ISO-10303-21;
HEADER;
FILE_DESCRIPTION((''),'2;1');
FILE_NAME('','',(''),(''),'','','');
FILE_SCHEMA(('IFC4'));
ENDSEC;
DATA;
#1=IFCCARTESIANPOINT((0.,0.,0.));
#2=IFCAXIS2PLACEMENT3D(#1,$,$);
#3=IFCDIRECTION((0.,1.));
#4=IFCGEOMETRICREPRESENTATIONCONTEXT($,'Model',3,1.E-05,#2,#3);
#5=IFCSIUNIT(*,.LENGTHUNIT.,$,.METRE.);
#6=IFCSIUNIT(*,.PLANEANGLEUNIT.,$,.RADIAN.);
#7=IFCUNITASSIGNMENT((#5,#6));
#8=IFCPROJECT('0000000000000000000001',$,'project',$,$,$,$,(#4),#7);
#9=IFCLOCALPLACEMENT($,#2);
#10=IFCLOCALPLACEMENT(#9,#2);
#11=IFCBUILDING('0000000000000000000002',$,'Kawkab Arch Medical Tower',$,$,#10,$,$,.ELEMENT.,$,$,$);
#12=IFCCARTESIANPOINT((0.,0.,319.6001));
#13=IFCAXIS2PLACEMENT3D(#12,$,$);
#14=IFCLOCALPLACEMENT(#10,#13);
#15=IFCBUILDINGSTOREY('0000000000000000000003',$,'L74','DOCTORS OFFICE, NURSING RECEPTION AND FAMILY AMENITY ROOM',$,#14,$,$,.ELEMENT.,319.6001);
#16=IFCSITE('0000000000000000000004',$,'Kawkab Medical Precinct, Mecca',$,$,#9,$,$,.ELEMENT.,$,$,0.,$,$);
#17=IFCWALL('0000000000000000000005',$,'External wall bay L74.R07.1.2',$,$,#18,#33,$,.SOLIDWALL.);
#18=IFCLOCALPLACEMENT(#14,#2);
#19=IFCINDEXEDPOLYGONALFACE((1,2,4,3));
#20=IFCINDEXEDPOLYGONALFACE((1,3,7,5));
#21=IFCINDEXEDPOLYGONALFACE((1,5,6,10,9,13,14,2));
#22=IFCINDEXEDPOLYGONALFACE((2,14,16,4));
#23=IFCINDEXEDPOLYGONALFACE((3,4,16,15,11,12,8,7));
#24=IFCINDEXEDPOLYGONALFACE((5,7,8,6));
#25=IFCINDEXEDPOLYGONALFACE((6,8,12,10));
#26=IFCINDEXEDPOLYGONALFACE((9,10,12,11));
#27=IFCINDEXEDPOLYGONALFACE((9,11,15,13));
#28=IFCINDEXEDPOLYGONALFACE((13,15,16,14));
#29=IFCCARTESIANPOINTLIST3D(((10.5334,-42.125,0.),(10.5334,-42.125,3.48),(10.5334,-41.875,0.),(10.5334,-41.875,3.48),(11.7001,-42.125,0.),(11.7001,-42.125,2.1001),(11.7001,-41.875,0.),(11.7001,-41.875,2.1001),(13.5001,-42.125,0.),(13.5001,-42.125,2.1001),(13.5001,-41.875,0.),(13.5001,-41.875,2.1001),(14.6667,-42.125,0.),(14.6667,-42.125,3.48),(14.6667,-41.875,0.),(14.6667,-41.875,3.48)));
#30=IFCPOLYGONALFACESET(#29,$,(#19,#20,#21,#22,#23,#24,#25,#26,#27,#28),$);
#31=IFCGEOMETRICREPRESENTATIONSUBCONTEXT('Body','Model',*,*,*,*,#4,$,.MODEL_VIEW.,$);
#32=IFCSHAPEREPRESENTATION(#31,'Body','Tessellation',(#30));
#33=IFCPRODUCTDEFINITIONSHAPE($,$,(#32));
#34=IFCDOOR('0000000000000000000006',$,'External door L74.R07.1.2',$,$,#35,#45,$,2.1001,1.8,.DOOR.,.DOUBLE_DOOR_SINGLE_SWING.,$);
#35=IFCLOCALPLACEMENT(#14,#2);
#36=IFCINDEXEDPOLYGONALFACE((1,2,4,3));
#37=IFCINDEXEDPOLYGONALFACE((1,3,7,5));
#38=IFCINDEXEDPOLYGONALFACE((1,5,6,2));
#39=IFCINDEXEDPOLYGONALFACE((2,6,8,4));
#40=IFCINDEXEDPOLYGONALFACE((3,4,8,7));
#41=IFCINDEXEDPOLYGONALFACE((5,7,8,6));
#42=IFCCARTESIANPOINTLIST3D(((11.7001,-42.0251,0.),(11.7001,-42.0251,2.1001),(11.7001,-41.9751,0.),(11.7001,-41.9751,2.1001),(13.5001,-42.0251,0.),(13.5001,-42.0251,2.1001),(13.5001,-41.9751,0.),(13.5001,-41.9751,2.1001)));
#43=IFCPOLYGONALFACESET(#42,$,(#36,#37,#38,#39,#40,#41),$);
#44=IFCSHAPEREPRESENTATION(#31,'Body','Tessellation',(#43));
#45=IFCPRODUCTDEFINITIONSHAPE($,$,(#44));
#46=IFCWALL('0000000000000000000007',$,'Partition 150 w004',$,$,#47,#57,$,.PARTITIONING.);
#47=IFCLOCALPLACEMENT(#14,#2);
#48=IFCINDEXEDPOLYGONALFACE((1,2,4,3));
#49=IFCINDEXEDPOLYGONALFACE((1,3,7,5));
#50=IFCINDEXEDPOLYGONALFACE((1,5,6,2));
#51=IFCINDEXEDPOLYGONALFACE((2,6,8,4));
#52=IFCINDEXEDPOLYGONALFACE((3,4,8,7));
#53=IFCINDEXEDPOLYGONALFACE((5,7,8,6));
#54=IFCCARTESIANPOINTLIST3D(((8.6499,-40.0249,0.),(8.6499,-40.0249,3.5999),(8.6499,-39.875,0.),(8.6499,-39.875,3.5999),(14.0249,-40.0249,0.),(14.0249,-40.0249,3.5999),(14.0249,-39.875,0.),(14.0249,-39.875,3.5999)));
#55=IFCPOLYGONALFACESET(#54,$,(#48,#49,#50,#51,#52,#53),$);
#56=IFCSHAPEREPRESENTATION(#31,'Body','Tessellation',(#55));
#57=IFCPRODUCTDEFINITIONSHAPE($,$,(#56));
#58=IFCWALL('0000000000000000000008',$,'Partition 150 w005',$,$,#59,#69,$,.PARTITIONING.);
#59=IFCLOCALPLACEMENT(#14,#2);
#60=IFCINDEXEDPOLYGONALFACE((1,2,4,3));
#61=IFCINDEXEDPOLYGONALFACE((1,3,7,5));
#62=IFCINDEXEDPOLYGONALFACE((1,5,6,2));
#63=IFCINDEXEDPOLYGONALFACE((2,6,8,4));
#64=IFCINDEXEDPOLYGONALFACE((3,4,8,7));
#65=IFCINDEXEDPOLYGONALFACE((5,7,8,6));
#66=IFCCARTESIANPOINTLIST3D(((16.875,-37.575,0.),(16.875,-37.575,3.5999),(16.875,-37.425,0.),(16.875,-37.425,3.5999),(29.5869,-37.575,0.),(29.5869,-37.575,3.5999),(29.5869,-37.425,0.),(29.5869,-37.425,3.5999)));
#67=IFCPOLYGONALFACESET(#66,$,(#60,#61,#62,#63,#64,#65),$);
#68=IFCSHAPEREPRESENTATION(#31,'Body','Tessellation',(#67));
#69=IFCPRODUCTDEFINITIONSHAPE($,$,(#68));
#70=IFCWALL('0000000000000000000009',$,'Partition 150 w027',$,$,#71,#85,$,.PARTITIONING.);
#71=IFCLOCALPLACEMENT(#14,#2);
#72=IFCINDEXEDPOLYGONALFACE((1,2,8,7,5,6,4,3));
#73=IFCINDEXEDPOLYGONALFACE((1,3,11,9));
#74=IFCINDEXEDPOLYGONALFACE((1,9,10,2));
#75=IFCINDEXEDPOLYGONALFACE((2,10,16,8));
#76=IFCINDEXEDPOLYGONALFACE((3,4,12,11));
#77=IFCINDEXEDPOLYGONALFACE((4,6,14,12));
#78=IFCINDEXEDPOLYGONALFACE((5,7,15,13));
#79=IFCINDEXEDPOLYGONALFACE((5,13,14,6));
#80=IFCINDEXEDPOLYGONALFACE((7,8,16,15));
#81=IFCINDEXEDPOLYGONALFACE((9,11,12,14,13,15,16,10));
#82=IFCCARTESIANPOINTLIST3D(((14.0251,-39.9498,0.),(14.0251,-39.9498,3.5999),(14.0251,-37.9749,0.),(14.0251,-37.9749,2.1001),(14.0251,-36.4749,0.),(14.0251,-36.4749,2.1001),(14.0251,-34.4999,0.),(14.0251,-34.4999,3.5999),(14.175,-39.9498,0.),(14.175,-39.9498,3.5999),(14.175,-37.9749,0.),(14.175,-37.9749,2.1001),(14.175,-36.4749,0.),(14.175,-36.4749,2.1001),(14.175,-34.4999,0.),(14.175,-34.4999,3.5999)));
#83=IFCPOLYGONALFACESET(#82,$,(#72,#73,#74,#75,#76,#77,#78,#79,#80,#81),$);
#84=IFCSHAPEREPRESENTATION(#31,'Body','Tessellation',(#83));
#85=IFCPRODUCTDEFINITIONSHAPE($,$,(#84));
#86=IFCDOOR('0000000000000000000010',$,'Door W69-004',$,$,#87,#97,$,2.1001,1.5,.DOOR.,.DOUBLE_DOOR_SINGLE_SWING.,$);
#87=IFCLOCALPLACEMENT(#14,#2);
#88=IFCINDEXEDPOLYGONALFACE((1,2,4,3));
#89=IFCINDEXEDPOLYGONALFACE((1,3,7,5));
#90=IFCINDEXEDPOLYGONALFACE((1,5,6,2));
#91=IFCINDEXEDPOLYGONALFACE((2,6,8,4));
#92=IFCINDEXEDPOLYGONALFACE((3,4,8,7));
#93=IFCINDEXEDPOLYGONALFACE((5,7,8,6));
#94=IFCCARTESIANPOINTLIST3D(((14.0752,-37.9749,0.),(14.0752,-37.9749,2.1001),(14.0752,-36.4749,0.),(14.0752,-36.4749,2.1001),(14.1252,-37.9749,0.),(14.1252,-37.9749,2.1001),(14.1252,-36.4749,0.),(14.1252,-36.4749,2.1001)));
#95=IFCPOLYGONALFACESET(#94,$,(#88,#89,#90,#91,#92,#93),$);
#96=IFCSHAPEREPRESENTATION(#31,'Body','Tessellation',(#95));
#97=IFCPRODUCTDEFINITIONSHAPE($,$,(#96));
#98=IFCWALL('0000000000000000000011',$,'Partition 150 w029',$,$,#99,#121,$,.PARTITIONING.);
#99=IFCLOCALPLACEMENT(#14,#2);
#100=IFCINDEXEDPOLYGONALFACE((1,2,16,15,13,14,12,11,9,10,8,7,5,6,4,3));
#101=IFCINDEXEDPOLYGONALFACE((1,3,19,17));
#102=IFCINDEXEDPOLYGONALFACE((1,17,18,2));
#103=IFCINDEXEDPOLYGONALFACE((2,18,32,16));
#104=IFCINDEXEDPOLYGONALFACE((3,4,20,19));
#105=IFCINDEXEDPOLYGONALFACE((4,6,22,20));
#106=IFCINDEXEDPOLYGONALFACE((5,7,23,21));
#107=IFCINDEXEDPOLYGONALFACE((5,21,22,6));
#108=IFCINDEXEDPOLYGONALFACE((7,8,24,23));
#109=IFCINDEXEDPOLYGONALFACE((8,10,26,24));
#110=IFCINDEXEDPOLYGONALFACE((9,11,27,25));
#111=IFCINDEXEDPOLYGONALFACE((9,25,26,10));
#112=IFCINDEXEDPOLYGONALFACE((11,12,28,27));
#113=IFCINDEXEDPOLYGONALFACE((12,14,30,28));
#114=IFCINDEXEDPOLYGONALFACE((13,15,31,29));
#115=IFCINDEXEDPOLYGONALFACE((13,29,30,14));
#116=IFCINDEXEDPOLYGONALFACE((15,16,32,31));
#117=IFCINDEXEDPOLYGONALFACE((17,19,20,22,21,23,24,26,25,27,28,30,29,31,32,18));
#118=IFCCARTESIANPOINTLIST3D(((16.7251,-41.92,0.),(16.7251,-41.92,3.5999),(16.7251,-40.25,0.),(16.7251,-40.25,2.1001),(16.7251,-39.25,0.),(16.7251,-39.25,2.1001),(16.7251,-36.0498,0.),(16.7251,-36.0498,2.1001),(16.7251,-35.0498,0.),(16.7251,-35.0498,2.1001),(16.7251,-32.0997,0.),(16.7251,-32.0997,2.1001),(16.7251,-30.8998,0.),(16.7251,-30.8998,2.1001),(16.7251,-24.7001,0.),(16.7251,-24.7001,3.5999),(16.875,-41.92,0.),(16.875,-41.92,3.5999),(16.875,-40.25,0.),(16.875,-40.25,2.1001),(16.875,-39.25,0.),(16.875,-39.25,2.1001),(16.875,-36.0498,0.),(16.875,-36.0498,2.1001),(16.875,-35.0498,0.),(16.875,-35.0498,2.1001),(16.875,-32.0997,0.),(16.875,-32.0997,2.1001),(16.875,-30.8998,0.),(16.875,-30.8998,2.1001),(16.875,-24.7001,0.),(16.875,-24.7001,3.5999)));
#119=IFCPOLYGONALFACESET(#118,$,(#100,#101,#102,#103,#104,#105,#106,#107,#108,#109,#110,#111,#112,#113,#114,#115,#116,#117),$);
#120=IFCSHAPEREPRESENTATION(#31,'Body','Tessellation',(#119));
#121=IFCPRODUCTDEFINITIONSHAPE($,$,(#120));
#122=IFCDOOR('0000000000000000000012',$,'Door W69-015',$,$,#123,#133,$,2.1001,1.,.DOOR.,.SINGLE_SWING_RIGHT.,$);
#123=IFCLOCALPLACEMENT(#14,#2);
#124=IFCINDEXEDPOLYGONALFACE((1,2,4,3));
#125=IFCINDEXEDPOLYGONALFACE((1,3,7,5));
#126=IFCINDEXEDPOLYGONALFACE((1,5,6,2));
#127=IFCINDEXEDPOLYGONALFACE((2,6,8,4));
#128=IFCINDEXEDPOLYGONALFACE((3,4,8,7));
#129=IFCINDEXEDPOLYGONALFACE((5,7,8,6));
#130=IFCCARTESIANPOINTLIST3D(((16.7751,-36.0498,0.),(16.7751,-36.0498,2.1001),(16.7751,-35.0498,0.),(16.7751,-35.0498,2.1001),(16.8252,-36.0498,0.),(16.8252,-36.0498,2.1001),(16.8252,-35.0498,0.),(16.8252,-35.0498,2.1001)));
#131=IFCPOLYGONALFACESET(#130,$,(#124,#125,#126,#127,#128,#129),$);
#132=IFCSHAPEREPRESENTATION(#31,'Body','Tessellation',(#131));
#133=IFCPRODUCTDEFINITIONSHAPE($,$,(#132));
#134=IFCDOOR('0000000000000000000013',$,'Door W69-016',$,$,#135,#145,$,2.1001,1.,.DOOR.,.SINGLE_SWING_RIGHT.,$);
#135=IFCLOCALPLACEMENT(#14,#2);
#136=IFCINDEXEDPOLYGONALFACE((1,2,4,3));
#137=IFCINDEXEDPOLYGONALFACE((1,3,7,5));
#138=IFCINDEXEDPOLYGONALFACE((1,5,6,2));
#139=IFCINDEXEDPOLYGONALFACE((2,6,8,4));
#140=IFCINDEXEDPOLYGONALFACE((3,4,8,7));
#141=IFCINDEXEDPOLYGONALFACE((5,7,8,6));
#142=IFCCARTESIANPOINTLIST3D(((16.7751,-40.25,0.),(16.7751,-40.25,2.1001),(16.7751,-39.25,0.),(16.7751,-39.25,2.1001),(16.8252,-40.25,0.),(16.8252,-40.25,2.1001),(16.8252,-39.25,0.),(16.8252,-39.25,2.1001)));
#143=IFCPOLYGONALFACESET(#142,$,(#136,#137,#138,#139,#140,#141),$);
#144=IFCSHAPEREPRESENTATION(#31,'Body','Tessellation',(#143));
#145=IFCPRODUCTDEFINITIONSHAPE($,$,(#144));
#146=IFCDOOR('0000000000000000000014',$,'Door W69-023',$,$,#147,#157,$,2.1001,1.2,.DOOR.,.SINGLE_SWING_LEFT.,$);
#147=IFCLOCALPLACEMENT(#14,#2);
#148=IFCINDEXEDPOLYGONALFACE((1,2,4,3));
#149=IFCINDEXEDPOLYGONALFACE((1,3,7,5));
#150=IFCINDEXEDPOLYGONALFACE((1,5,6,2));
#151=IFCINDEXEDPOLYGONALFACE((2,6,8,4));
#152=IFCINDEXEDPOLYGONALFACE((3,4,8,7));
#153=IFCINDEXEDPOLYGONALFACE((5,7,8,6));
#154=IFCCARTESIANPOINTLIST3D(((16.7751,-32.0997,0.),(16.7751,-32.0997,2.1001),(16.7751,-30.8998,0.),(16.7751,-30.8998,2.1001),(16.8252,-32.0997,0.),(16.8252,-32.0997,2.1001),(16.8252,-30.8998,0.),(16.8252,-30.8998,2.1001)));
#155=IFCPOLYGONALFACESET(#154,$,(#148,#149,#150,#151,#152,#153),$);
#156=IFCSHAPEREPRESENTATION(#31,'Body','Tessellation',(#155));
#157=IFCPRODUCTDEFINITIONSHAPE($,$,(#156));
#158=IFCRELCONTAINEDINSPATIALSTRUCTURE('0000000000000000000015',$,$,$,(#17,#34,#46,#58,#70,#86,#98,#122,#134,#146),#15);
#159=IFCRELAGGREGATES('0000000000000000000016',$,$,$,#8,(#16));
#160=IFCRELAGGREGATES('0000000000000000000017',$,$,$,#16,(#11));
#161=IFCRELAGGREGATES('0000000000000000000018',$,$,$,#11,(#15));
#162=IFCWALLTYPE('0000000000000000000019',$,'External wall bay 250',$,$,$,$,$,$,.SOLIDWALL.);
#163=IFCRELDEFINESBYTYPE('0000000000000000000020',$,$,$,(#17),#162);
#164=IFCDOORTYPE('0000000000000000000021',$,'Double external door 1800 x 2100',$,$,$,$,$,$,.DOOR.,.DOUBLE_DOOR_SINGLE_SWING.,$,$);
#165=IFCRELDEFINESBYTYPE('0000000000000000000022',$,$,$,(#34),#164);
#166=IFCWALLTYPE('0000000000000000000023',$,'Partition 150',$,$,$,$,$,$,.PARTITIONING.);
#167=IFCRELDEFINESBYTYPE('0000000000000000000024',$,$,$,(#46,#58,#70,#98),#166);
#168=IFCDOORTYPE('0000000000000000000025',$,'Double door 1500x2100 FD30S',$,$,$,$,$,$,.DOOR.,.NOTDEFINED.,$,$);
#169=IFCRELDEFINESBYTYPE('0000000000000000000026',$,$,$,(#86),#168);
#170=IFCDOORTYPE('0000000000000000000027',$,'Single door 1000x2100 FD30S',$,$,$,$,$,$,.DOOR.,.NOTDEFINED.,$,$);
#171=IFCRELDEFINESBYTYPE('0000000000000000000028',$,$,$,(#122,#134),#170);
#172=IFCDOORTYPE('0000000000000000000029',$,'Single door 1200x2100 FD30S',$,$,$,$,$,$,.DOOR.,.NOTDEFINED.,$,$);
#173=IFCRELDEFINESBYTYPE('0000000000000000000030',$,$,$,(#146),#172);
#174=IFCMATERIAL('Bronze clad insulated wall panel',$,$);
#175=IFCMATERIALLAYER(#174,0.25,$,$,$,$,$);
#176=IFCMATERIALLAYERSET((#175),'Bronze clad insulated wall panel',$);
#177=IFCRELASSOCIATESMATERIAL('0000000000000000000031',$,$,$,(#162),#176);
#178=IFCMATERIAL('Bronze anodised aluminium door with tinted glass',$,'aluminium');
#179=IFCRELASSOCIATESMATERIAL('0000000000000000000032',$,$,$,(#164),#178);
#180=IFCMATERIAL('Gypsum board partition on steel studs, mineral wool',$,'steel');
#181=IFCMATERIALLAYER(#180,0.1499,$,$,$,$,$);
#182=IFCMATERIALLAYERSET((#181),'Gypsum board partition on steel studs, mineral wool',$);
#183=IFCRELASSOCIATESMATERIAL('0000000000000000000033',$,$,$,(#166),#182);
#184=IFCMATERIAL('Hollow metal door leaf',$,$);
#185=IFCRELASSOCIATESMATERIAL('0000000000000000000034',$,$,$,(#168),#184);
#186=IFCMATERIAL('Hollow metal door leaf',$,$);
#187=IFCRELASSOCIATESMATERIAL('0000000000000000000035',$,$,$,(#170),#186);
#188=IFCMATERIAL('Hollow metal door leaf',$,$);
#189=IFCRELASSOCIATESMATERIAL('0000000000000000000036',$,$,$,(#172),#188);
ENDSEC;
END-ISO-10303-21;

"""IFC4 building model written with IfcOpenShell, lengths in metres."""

from ifc_helpers import new_model, si_unit, direction, frame, frame_2d, origin, place, context, subcontext, project, spatial, rectangle, extrude, material, layer, layer_set, type_object, element, fill, save


model = new_model("IFC4")

# Units and contexts
model_context = context("Model", 3, precision=1e-05, world=origin(), true_north=direction((0.0, 1.0)))
body_context = subcontext(model_context, "Body", "Model", "MODEL_VIEW")
ifc_project = project(units=[si_unit("LENGTHUNIT", "METRE"), si_unit("PLANEANGLEUNIT", "RADIAN")], contexts=[model_context])

# Site, building, storey
site_placement = place(None, origin())
site = spatial("IfcSite", under=ifc_project, at=site_placement, Name="Kawkab Medical Precinct, Mecca", CompositionType="ELEMENT", RefElevation=0.0)
building_placement = place(site_placement, origin())
building = spatial("IfcBuilding", under=site, at=building_placement, Name="Kawkab Arch Medical Tower", CompositionType="ELEMENT")
storey_placement = place(building_placement, frame((0.0, 0.0, 319.6001)))
storey = spatial("IfcBuildingStorey", under=building, at=storey_placement, Name="L74", Description="DOCTORS OFFICE, NURSING RECEPTION AND FAMILY AMENITY ROOM", CompositionType="ELEMENT", Elevation=319.6001)

# Wall, opening, door
ifc_material_1 = material(Name="Bronze clad insulated wall panel")
ifc_layer_1 = layer(ifc_material_1, 0.25)
ifc_layer_set_1 = layer_set([ifc_layer_1], Name="Bronze clad insulated wall panel")
wall_type_1 = type_object("IfcWallType", Name="External wall bay 250", PredefinedType="SOLIDWALL", material=ifc_layer_set_1)
wall_1_placement = place(storey_placement, frame((10.5334, -42.0, 0.0), z_axis=(0.0, 0.0, 1.0), x_axis=(1.0, 0.0, 0.0)))
wall_1 = element("IfcWall", 1, at=wall_1_placement, inside=storey, type_object=wall_type_1, Name="External wall bay L74.R07.1.2", PredefinedType="SOLIDWALL", context=body_context, shape_type="SweptSolid", body=[
    extrude(rectangle(XDim=4.1333, YDim=0.25, at=frame_2d((2.0667, 0.0))), origin(), (0.0, 0.0, 1.0), 3.48),
])
opening_1_placement = place(wall_1_placement, frame((1.1667, 0.0, 0.0)))
opening_1 = element("IfcOpeningElement", 2, at=opening_1_placement, cuts=wall_1, PredefinedType="OPENING", context=body_context, shape_type="SweptSolid", body=[
    extrude(rectangle(XDim=1.8, YDim=2.1001, at=frame_2d((0.8999, 1.05))), frame((0.0, 0.135, 0.0), z_axis=(0.0, -1.0, 0.0), x_axis=(1.0, 0.0, 0.0)), (0.0, 0.0, 1.0), 0.27),
])
ifc_material_2 = material(Name="Bronze anodised aluminium door with tinted glass", Category="aluminium")
door_type_1 = type_object("IfcDoorType", Name="Double external door 1800 x 2100", OperationType="DOUBLE_DOOR_SINGLE_SWING", PredefinedType="DOOR", material=ifc_material_2)
door_1_placement = place(opening_1_placement, origin())
door_1 = element("IfcDoor", 3, at=door_1_placement, inside=storey, type_object=door_type_1, Name="External door L74.R07.1.2", OperationType="DOUBLE_DOOR_SINGLE_SWING", OverallHeight=2.1001, OverallWidth=1.8, PredefinedType="DOOR", context=body_context, shape_type="SweptSolid", body=[
    extrude(rectangle(XDim=1.8, YDim=2.1001, at=frame_2d((0.8999, 1.05))), frame((0.0, 0.0249, 0.0), z_axis=(0.0, -1.0, 0.0), x_axis=(1.0, 0.0, 0.0)), (0.0, 0.0, 1.0), 0.05),
])
fill(opening_1, door_1)

# Walls
ifc_material_3 = material(Name="Gypsum board partition on steel studs, mineral wool", Category="steel")
ifc_layer_2 = layer(ifc_material_3, 0.1499)
ifc_layer_set_2 = layer_set([ifc_layer_2], Name="Gypsum board partition on steel studs, mineral wool")
wall_type_2 = type_object("IfcWallType", Name="Partition 150", PredefinedType="PARTITIONING", material=ifc_layer_set_2)
wall_2_placement = place(storey_placement, frame((8.6499, -39.95, 0.0), z_axis=(0.0, 0.0, 1.0), x_axis=(1.0, 0.0, 0.0)))
element("IfcWall", 4, at=wall_2_placement, inside=storey, type_object=wall_type_2, Name="Partition 150 w004", PredefinedType="PARTITIONING", context=body_context, shape_type="SweptSolid", body=[
    extrude(rectangle(XDim=5.375, YDim=0.1499, at=frame_2d((2.6875, 0.0))), origin(), (0.0, 0.0, 1.0), 3.5999),
])
wall_3_placement = place(storey_placement, frame((16.875, -37.5, 0.0), z_axis=(0.0, 0.0, 1.0), x_axis=(1.0, 0.0, 0.0)))
element("IfcWall", 5, at=wall_3_placement, inside=storey, type_object=wall_type_2, Name="Partition 150 w005", PredefinedType="PARTITIONING", context=body_context, shape_type="SweptSolid", body=[
    extrude(rectangle(XDim=12.7119, YDim=0.1499, at=frame_2d((6.356, 0.0))), origin(), (0.0, 0.0, 1.0), 3.5999),
])

# Wall, opening, door
wall_4_placement = place(storey_placement, frame((14.1001, -39.95, 0.0), z_axis=(0.0, 0.0, 1.0), x_axis=(0.0, 1.0, 0.0)))
wall_4 = element("IfcWall", 6, at=wall_4_placement, inside=storey, type_object=wall_type_2, Name="Partition 150 w027", PredefinedType="PARTITIONING", context=body_context, shape_type="SweptSolid", body=[
    extrude(rectangle(XDim=5.45, YDim=0.1499, at=frame_2d((2.7251, 0.0))), origin(), (0.0, 0.0, 1.0), 3.5999),
])
opening_2_placement = place(wall_4_placement, frame((1.9751, 0.0, 0.0)))
opening_2 = element("IfcOpeningElement", 7, at=opening_2_placement, cuts=wall_4, PredefinedType="OPENING", context=body_context, shape_type="SweptSolid", body=[
    extrude(rectangle(XDim=1.5, YDim=2.1001, at=frame_2d((0.75, 1.05))), frame((0.0, 0.085, 0.0), z_axis=(0.0, -1.0, 0.0), x_axis=(1.0, 0.0, 0.0)), (0.0, 0.0, 1.0), 0.1699),
])
ifc_material_4 = material(Name="Hollow metal door leaf")
door_type_2 = type_object("IfcDoorType", Name="Double door 1500x2100 FD30S", OperationType="NOTDEFINED", PredefinedType="DOOR", material=ifc_material_4)
door_2_placement = place(opening_2_placement, origin())
door_2 = element("IfcDoor", 8, at=door_2_placement, inside=storey, type_object=door_type_2, Name="Door W69-004", OperationType="DOUBLE_DOOR_SINGLE_SWING", OverallHeight=2.1001, OverallWidth=1.5, PredefinedType="DOOR", context=body_context, shape_type="SweptSolid", body=[
    extrude(rectangle(XDim=1.5, YDim=2.1001, at=frame_2d((0.75, 1.05))), frame((0.0, 0.0249, 0.0), z_axis=(0.0, -1.0, 0.0), x_axis=(1.0, 0.0, 0.0)), (0.0, 0.0, 1.0), 0.05),
])
fill(opening_2, door_2)

# Wall, openings, doors
wall_5_placement = place(storey_placement, frame((16.8, -41.9199, 0.0), z_axis=(0.0, 0.0, 1.0), x_axis=(0.0, 1.0, 0.0)))
wall_5 = element("IfcWall", 9, at=wall_5_placement, inside=storey, type_object=wall_type_2, Name="Partition 150 w029", PredefinedType="PARTITIONING", context=body_context, shape_type="SweptSolid", body=[
    extrude(rectangle(XDim=17.22, YDim=0.1499, at=frame_2d((8.6099, 0.0))), origin(), (0.0, 0.0, 1.0), 3.5999),
])
opening_3_placement = place(wall_5_placement, frame((9.8201, 0.0, 0.0)))
opening_3 = element("IfcOpeningElement", 10, at=opening_3_placement, cuts=wall_5, PredefinedType="OPENING", context=body_context, shape_type="SweptSolid", body=[
    extrude(rectangle(XDim=1.2, YDim=2.1001, at=frame_2d((0.6001, 1.05))), frame((0.0, 0.085, 0.0), z_axis=(0.0, -1.0, 0.0), x_axis=(1.0, 0.0, 0.0)), (0.0, 0.0, 1.0), 0.1699),
])
opening_4_placement = place(wall_5_placement, frame((5.8701, 0.0, 0.0)))
opening_4 = element("IfcOpeningElement", 11, at=opening_4_placement, cuts=wall_5, PredefinedType="OPENING", context=body_context, shape_type="SweptSolid", body=[
    extrude(rectangle(XDim=1.0, YDim=2.1001, at=frame_2d((0.5, 1.05))), frame((0.0, 0.085, 0.0), z_axis=(0.0, -1.0, 0.0), x_axis=(1.0, 0.0, 0.0)), (0.0, 0.0, 1.0), 0.1699),
])
opening_5_placement = place(wall_5_placement, frame((1.6699, 0.0, 0.0)))
opening_5 = element("IfcOpeningElement", 12, at=opening_5_placement, cuts=wall_5, PredefinedType="OPENING", context=body_context, shape_type="SweptSolid", body=[
    extrude(rectangle(XDim=1.0, YDim=2.1001, at=frame_2d((0.5, 1.05))), frame((0.0, 0.085, 0.0), z_axis=(0.0, -1.0, 0.0), x_axis=(1.0, 0.0, 0.0)), (0.0, 0.0, 1.0), 0.1699),
])
ifc_material_5 = material(Name="Hollow metal door leaf")
door_type_3 = type_object("IfcDoorType", Name="Single door 1000x2100 FD30S", OperationType="NOTDEFINED", PredefinedType="DOOR", material=ifc_material_5)
door_3_placement = place(opening_4_placement, origin())
door_3 = element("IfcDoor", 13, at=door_3_placement, inside=storey, type_object=door_type_3, Name="Door W69-015", OperationType="SINGLE_SWING_RIGHT", OverallHeight=2.1001, OverallWidth=1.0, PredefinedType="DOOR", context=body_context, shape_type="SweptSolid", body=[
    extrude(rectangle(XDim=1.0, YDim=2.1001, at=frame_2d((0.5, 1.05))), frame((0.0, 0.0249, 0.0), z_axis=(0.0, -1.0, 0.0), x_axis=(1.0, 0.0, 0.0)), (0.0, 0.0, 1.0), 0.05),
])
fill(opening_4, door_3)
door_4_placement = place(opening_5_placement, origin())
door_4 = element("IfcDoor", 14, at=door_4_placement, inside=storey, type_object=door_type_3, Name="Door W69-016", OperationType="SINGLE_SWING_RIGHT", OverallHeight=2.1001, OverallWidth=1.0, PredefinedType="DOOR", context=body_context, shape_type="SweptSolid", body=[
    extrude(rectangle(XDim=1.0, YDim=2.1001, at=frame_2d((0.5, 1.05))), frame((0.0, 0.0249, 0.0), z_axis=(0.0, -1.0, 0.0), x_axis=(1.0, 0.0, 0.0)), (0.0, 0.0, 1.0), 0.05),
])
fill(opening_5, door_4)
ifc_material_6 = material(Name="Hollow metal door leaf")
door_type_4 = type_object("IfcDoorType", Name="Single door 1200x2100 FD30S", OperationType="NOTDEFINED", PredefinedType="DOOR", material=ifc_material_6)
door_5_placement = place(opening_3_placement, origin())
door_5 = element("IfcDoor", 15, at=door_5_placement, inside=storey, type_object=door_type_4, Name="Door W69-023", OperationType="SINGLE_SWING_LEFT", OverallHeight=2.1001, OverallWidth=1.2, PredefinedType="DOOR", context=body_context, shape_type="SweptSolid", body=[
    extrude(rectangle(XDim=1.2, YDim=2.1001, at=frame_2d((0.6001, 1.05))), frame((0.0, 0.0249, 0.0), z_axis=(0.0, -1.0, 0.0), x_axis=(1.0, 0.0, 0.0)), (0.0, 0.0, 1.0), 0.05),
])
fill(opening_3, door_5)

save(model, "model.ifc")
